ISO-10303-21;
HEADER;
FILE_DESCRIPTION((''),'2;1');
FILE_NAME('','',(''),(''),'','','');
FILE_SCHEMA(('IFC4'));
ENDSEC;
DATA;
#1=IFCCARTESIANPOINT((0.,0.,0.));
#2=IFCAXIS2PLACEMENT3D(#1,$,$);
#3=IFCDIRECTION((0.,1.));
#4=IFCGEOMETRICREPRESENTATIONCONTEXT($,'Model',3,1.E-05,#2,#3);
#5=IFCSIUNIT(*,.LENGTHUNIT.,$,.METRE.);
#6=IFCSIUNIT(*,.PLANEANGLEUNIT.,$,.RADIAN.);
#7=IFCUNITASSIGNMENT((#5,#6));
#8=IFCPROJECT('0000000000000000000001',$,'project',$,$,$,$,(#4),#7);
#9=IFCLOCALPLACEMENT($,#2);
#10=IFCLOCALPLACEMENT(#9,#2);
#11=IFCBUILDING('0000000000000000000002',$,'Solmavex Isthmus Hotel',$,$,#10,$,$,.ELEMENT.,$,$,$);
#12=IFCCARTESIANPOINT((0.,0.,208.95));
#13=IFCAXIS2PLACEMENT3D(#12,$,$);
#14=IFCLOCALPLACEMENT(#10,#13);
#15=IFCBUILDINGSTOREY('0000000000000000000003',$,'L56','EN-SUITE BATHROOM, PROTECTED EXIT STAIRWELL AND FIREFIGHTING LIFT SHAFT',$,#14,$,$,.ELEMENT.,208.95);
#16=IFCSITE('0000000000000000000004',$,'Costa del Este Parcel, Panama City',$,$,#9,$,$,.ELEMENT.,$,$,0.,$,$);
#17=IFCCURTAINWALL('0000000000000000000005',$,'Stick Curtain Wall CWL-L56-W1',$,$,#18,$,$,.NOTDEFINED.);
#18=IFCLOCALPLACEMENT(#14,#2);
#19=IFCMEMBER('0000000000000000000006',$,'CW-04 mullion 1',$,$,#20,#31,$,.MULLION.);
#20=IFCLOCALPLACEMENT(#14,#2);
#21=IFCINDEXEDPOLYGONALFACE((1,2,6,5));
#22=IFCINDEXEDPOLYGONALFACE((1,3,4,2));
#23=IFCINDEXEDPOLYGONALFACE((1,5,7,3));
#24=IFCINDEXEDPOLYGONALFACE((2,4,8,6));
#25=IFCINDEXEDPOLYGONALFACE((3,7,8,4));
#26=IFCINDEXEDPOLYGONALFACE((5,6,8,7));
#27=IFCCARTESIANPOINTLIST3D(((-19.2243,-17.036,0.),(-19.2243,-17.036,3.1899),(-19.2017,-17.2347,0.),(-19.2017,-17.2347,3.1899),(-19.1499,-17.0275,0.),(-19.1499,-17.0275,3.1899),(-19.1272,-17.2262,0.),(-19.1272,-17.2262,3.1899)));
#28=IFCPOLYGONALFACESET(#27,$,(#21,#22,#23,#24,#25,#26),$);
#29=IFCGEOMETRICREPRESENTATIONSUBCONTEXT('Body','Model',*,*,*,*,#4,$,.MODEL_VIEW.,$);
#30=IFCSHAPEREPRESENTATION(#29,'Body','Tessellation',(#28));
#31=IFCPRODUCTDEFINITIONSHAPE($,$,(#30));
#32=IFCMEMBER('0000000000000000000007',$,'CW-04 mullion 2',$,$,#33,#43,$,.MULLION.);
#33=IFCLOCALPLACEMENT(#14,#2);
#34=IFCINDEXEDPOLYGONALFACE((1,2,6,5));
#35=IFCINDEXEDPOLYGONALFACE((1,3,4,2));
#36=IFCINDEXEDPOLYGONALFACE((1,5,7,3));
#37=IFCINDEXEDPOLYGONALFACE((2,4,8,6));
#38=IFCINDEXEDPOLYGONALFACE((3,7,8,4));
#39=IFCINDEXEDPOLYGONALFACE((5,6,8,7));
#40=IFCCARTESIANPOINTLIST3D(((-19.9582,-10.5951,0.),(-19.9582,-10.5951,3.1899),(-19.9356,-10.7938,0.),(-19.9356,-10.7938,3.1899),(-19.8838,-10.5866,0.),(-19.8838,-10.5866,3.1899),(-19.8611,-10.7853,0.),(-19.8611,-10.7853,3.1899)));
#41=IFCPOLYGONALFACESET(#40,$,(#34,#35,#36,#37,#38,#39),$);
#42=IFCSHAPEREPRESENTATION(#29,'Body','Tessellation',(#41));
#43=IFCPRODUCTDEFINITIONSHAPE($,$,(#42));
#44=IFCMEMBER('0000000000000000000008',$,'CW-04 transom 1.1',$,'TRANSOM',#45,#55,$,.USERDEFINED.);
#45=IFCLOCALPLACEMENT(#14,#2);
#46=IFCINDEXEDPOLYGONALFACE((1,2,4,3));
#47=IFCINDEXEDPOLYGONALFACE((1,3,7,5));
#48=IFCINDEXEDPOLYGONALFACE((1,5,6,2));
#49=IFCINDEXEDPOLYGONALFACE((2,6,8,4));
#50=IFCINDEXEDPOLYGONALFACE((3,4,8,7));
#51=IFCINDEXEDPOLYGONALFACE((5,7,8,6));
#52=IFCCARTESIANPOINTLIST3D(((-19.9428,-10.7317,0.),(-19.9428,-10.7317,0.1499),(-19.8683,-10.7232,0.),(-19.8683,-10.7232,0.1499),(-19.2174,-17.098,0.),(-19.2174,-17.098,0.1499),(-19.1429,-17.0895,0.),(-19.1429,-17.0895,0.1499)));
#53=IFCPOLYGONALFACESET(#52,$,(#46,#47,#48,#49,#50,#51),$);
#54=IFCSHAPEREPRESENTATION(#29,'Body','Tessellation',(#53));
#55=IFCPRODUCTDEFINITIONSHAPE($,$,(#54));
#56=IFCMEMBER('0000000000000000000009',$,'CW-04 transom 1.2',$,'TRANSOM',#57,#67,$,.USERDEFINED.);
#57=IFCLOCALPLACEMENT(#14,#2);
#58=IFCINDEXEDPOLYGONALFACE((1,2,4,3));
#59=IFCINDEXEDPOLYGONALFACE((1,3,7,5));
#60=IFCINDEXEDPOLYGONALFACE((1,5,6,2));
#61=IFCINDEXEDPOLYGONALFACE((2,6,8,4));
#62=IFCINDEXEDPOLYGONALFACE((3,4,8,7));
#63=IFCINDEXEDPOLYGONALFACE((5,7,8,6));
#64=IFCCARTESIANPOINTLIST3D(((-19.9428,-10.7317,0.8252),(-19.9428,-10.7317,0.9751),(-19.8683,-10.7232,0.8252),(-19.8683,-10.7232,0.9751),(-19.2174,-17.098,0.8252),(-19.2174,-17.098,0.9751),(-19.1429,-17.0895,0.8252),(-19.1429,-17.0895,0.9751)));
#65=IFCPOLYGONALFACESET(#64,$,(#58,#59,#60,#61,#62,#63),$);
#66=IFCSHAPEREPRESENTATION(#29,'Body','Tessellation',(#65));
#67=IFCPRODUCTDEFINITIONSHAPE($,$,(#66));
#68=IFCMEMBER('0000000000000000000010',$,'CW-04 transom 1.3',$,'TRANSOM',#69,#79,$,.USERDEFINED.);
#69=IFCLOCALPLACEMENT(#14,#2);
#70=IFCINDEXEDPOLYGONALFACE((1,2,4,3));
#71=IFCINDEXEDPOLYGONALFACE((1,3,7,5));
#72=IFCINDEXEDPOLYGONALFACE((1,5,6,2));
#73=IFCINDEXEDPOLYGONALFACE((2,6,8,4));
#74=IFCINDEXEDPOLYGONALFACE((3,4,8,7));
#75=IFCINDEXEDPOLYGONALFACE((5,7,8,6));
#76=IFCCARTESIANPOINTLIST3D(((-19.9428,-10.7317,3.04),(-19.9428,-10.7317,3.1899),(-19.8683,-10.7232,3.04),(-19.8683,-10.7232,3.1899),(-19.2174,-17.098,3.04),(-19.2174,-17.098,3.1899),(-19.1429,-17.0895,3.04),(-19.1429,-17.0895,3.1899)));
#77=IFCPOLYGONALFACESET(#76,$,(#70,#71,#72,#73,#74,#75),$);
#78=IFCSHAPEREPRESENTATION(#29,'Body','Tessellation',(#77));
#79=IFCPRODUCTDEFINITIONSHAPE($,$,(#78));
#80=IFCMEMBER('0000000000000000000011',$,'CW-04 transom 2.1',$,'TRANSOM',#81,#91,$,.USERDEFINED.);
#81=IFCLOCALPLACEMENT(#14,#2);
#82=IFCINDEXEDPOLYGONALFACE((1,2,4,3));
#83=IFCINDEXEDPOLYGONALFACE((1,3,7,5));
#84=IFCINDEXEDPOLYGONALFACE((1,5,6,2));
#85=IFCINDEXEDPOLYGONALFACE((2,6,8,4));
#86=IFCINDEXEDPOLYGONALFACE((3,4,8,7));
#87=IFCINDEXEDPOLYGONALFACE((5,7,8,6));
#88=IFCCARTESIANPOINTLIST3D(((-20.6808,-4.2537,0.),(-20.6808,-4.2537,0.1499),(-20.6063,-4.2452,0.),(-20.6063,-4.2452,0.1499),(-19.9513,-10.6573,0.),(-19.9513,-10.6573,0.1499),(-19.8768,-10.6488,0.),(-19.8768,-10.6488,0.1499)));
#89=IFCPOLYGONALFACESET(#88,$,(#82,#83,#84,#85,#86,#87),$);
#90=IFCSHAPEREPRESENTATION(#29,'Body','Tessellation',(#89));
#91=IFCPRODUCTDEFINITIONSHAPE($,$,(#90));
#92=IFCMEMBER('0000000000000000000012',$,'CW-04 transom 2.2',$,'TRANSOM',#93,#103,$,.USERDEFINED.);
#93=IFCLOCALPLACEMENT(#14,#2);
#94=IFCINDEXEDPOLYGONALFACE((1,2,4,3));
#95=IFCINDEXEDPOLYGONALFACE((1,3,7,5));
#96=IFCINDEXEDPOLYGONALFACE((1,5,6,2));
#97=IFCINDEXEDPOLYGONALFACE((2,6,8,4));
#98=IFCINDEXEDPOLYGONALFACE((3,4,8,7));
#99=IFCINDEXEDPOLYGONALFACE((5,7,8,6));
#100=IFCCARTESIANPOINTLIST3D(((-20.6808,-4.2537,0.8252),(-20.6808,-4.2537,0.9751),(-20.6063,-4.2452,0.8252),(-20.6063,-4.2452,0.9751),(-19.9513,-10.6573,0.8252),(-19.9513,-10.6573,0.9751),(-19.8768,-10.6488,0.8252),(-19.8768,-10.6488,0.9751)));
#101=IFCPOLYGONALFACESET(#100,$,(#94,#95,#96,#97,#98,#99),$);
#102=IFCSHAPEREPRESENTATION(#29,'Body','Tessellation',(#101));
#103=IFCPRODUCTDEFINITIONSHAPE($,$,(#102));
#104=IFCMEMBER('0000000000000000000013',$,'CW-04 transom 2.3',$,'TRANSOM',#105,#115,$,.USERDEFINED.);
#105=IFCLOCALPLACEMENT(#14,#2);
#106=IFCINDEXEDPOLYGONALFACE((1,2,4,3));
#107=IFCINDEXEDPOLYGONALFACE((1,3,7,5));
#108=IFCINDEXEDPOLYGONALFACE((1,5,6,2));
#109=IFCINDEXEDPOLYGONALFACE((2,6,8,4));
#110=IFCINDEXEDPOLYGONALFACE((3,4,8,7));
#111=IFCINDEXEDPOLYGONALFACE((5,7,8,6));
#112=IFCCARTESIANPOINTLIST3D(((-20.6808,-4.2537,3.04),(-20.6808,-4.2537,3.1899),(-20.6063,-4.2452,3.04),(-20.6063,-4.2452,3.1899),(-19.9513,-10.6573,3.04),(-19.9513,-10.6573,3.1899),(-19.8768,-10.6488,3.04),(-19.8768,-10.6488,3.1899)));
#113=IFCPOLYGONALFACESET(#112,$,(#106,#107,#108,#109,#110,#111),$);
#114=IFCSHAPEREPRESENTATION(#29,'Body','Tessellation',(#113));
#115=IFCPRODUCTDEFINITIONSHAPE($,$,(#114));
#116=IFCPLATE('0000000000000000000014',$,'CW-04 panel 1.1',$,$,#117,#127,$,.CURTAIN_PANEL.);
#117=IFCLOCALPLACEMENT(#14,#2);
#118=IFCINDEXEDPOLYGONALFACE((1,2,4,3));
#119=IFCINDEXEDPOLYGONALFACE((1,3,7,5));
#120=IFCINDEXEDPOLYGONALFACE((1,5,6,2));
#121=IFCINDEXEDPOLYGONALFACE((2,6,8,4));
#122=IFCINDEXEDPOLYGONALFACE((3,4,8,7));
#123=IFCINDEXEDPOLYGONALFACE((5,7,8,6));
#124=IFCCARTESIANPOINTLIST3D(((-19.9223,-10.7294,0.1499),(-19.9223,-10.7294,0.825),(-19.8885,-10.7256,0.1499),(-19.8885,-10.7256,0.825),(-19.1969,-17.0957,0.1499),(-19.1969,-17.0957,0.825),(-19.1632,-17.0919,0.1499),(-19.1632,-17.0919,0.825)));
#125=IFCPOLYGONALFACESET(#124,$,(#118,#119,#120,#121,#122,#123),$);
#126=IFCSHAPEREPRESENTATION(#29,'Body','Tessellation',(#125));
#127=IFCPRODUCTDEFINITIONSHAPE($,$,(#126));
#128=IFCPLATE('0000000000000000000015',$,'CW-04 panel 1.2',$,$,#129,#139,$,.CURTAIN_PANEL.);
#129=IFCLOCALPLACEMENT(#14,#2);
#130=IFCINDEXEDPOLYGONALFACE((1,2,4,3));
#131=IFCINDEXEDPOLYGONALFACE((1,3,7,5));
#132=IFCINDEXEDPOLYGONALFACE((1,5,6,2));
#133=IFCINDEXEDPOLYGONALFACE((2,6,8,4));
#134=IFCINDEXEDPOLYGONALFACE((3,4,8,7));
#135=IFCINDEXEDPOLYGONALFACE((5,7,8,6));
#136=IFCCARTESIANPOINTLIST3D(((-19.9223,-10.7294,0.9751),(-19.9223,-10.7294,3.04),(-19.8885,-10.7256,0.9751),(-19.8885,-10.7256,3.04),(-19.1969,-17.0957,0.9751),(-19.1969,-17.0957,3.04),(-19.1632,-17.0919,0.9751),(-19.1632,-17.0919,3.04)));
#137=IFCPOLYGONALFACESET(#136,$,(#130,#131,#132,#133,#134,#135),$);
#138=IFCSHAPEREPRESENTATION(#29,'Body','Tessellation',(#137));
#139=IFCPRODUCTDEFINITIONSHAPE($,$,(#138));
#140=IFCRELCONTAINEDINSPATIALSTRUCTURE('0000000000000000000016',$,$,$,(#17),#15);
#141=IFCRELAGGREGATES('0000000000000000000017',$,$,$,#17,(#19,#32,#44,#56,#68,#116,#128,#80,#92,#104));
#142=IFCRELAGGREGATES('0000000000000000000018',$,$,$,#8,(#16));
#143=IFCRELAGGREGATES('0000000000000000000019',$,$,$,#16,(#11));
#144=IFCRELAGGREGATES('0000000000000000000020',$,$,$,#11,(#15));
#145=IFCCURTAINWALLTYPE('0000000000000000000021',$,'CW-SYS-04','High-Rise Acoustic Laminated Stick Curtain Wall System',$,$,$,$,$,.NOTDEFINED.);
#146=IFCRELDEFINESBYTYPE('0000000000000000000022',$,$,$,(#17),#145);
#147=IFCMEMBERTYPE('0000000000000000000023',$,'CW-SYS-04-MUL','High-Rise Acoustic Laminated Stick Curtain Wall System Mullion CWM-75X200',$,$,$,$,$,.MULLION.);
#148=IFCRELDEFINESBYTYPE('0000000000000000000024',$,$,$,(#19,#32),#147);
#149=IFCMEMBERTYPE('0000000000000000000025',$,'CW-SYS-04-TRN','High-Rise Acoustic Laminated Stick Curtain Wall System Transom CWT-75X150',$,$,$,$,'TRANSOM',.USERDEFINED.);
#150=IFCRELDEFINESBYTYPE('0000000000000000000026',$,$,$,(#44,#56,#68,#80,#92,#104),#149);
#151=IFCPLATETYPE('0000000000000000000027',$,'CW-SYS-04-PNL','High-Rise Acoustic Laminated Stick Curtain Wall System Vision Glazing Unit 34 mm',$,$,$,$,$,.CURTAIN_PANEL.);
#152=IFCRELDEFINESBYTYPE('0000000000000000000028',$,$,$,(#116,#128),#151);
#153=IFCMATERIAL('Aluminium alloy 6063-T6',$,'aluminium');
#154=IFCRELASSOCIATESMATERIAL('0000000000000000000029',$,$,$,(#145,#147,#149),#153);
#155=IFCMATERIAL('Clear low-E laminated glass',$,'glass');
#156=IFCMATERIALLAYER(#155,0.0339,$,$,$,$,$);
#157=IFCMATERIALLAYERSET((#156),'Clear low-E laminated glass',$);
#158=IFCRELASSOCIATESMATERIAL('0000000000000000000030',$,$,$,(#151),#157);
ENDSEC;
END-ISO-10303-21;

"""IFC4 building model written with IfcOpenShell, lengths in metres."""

from ifc_helpers import new_model, si_unit, direction, frame, origin, origin_2d, place, context, subcontext, project, spatial, rectangle, extrude, material, layer, layer_set, material_profile, profile_set, type_object, element, aggregate, save


model = new_model("IFC4")

# Units and contexts
model_context = context("Model", 3, precision=1e-05, world=origin(), true_north=direction((0.0, 1.0)))
body_context = subcontext(model_context, "Body", "Model", "MODEL_VIEW")
ifc_project = project(units=[si_unit("LENGTHUNIT", "METRE"), si_unit("PLANEANGLEUNIT", "RADIAN")], contexts=[model_context])

# Site, building, storey
site_placement = place(None, origin())
site = spatial("IfcSite", under=ifc_project, at=site_placement, Name="Costa del Este Parcel, Panama City", CompositionType="ELEMENT", RefElevation=0.0)
building_placement = place(site_placement, origin())
building = spatial("IfcBuilding", under=site, at=building_placement, Name="Solmavex Isthmus Hotel", CompositionType="ELEMENT")
storey_placement = place(building_placement, frame((0.0, 0.0, 208.95)))
storey = spatial("IfcBuildingStorey", under=building, at=storey_placement, Name="L56", Description="EN-SUITE BATHROOM, PROTECTED EXIT STAIRWELL AND FIREFIGHTING LIFT SHAFT", CompositionType="ELEMENT", Elevation=208.95)

# Curtain wall, members, plates
ifc_material_1 = material(Name="Aluminium alloy 6063-T6", Category="aluminium")
curtain_wall_type = type_object("IfcCurtainWallType", Name="CW-SYS-04", Description="High-Rise Acoustic Laminated Stick Curtain Wall System", PredefinedType="NOTDEFINED", material=ifc_material_1)
curtain_wall_placement = place(storey_placement, origin())
curtain_wall = element("IfcCurtainWall", 1, at=curtain_wall_placement, inside=storey, type_object=curtain_wall_type, Name="Stick Curtain Wall CWL-L56-W1", PredefinedType="NOTDEFINED")
ifc_material_profile_1 = material_profile(ifc_material_1, rectangle(XDim=0.075, YDim=0.2, at=origin_2d()), Name="CWM-75X200")
ifc_profile_set_1 = profile_set([ifc_material_profile_1], Name="Aluminium alloy 6063-T6")
member_type_1 = type_object("IfcMemberType", Name="CW-SYS-04-MUL", Description="High-Rise Acoustic Laminated Stick Curtain Wall System Mullion CWM-75X200", PredefinedType="MULLION", material=ifc_profile_set_1)
member_1_placement = place(storey_placement, frame((-19.1758, -17.1311, 0.0), z_axis=(0.0, 0.0, 1.0), x_axis=(-0.993572, -0.113203, 0.0)))
member_1 = element("IfcMember", 2, at=member_1_placement, type_object=member_type_1, Name="CW-04 mullion 1", PredefinedType="MULLION", context=body_context, shape_type="SweptSolid", body=[
    extrude(rectangle(XDim=0.075, YDim=0.2, at=origin_2d()), origin(), (0.0, 0.0, 1.0), 3.1899),
])
member_2_placement = place(storey_placement, frame((-19.9097, -10.6902, 0.0), z_axis=(0.0, 0.0, 1.0), x_axis=(-0.993572, -0.113203, 0.0)))
member_2 = element("IfcMember", 3, at=member_2_placement, type_object=member_type_1, Name="CW-04 mullion 2", PredefinedType="MULLION", context=body_context, shape_type="SweptSolid", body=[
    extrude(rectangle(XDim=0.075, YDim=0.2, at=origin_2d()), origin(), (0.0, 0.0, 1.0), 3.1899),
])
ifc_material_profile_2 = material_profile(ifc_material_1, rectangle(XDim=0.075, YDim=0.1499, at=origin_2d()), Name="CWT-75X150")
ifc_profile_set_2 = profile_set([ifc_material_profile_2], Name="Aluminium alloy 6063-T6")
member_type_2 = type_object("IfcMemberType", Name="CW-SYS-04-TRN", Description="High-Rise Acoustic Laminated Stick Curtain Wall System Transom CWT-75X150", ElementType="TRANSOM", PredefinedType="USERDEFINED", material=ifc_profile_set_2)
member_3_placement = place(storey_placement, frame((-19.1802, -17.0938, 0.075), z_axis=(-0.113204, 0.993572, 0.0), x_axis=(-0.993572, -0.113204, 0.0)))
member_3 = element("IfcMember", 4, at=member_3_placement, type_object=member_type_2, Name="CW-04 transom 1.1", ObjectType="TRANSOM", PredefinedType="USERDEFINED", context=body_context, shape_type="SweptSolid", body=[
    extrude(rectangle(XDim=0.075, YDim=0.1499, at=origin_2d()), origin(), (0.0, 0.0, 1.0), 6.4075),
])
member_4_placement = place(storey_placement, frame((-19.1802, -17.0938, 0.9001), z_axis=(-0.113204, 0.993572, 0.0), x_axis=(-0.993572, -0.113204, 0.0)))
member_4 = element("IfcMember", 5, at=member_4_placement, type_object=member_type_2, Name="CW-04 transom 1.2", ObjectType="TRANSOM", PredefinedType="USERDEFINED", context=body_context, shape_type="SweptSolid", body=[
    extrude(rectangle(XDim=0.075, YDim=0.1499, at=origin_2d()), origin(), (0.0, 0.0, 1.0), 6.4075),
])
member_5_placement = place(storey_placement, frame((-19.1802, -17.0938, 3.115), z_axis=(-0.113204, 0.993572, 0.0), x_axis=(-0.993572, -0.113204, 0.0)))
member_5 = element("IfcMember", 6, at=member_5_placement, type_object=member_type_2, Name="CW-04 transom 1.3", ObjectType="TRANSOM", PredefinedType="USERDEFINED", context=body_context, shape_type="SweptSolid", body=[
    extrude(rectangle(XDim=0.075, YDim=0.1499, at=origin_2d()), origin(), (0.0, 0.0, 1.0), 6.4075),
])
member_6_placement = place(storey_placement, frame((-19.9141, -10.6531, 0.075), z_axis=(-0.113188, 0.993574, 0.0), x_axis=(-0.993574, -0.113188, 0.0)))
member_6 = element("IfcMember", 7, at=member_6_placement, type_object=member_type_2, Name="CW-04 transom 2.1", ObjectType="TRANSOM", PredefinedType="USERDEFINED", context=body_context, shape_type="SweptSolid", body=[
    extrude(rectangle(XDim=0.075, YDim=0.1499, at=origin_2d()), origin(), (0.0, 0.0, 1.0), 6.4451),
])
member_7_placement = place(storey_placement, frame((-19.9141, -10.6531, 0.9001), z_axis=(-0.113188, 0.993574, 0.0), x_axis=(-0.993574, -0.113188, 0.0)))
member_7 = element("IfcMember", 8, at=member_7_placement, type_object=member_type_2, Name="CW-04 transom 2.2", ObjectType="TRANSOM", PredefinedType="USERDEFINED", context=body_context, shape_type="SweptSolid", body=[
    extrude(rectangle(XDim=0.075, YDim=0.1499, at=origin_2d()), origin(), (0.0, 0.0, 1.0), 6.4451),
])
member_8_placement = place(storey_placement, frame((-19.9141, -10.6531, 3.115), z_axis=(-0.113188, 0.993574, 0.0), x_axis=(-0.993574, -0.113188, 0.0)))
member_8 = element("IfcMember", 9, at=member_8_placement, type_object=member_type_2, Name="CW-04 transom 2.3", ObjectType="TRANSOM", PredefinedType="USERDEFINED", context=body_context, shape_type="SweptSolid", body=[
    extrude(rectangle(XDim=0.075, YDim=0.1499, at=origin_2d()), origin(), (0.0, 0.0, 1.0), 6.4451),
])
ifc_material_2 = material(Name="Clear low-E laminated glass", Category="glass")
ifc_layer_1 = layer(ifc_material_2, 0.0339)
ifc_layer_set_1 = layer_set([ifc_layer_1], Name="Clear low-E laminated glass")
plate_type = type_object("IfcPlateType", Name="CW-SYS-04-PNL", Description="High-Rise Acoustic Laminated Stick Curtain Wall System Vision Glazing Unit 34 mm", PredefinedType="CURTAIN_PANEL", material=ifc_layer_set_1)
plate_1_placement = place(storey_placement, frame((-19.5427, -13.9106, 0.1499), z_axis=(0.0, 0.0, 1.0), x_axis=(-0.113203, 0.993572, 0.0)))
plate_1 = element("IfcPlate", 10, at=plate_1_placement, type_object=plate_type, Name="CW-04 panel 1.1", PredefinedType="CURTAIN_PANEL", context=body_context, shape_type="SweptSolid", body=[
    extrude(rectangle(XDim=6.4075, YDim=0.0339, at=origin_2d()), origin(), (0.0, 0.0, 1.0), 0.675),
])
plate_2_placement = place(storey_placement, frame((-19.5427, -13.9106, 0.9751), z_axis=(0.0, 0.0, 1.0), x_axis=(-0.113203, 0.993572, 0.0)))
plate_2 = element("IfcPlate", 11, at=plate_2_placement, type_object=plate_type, Name="CW-04 panel 1.2", PredefinedType="CURTAIN_PANEL", context=body_context, shape_type="SweptSolid", body=[
    extrude(rectangle(XDim=6.4075, YDim=0.0339, at=origin_2d()), origin(), (0.0, 0.0, 1.0), 2.0649),
])
aggregate(curtain_wall, [member_1, member_2, member_3, member_4, member_5, plate_1, plate_2, member_6, member_7, member_8])

save(model, "model.ifc")
